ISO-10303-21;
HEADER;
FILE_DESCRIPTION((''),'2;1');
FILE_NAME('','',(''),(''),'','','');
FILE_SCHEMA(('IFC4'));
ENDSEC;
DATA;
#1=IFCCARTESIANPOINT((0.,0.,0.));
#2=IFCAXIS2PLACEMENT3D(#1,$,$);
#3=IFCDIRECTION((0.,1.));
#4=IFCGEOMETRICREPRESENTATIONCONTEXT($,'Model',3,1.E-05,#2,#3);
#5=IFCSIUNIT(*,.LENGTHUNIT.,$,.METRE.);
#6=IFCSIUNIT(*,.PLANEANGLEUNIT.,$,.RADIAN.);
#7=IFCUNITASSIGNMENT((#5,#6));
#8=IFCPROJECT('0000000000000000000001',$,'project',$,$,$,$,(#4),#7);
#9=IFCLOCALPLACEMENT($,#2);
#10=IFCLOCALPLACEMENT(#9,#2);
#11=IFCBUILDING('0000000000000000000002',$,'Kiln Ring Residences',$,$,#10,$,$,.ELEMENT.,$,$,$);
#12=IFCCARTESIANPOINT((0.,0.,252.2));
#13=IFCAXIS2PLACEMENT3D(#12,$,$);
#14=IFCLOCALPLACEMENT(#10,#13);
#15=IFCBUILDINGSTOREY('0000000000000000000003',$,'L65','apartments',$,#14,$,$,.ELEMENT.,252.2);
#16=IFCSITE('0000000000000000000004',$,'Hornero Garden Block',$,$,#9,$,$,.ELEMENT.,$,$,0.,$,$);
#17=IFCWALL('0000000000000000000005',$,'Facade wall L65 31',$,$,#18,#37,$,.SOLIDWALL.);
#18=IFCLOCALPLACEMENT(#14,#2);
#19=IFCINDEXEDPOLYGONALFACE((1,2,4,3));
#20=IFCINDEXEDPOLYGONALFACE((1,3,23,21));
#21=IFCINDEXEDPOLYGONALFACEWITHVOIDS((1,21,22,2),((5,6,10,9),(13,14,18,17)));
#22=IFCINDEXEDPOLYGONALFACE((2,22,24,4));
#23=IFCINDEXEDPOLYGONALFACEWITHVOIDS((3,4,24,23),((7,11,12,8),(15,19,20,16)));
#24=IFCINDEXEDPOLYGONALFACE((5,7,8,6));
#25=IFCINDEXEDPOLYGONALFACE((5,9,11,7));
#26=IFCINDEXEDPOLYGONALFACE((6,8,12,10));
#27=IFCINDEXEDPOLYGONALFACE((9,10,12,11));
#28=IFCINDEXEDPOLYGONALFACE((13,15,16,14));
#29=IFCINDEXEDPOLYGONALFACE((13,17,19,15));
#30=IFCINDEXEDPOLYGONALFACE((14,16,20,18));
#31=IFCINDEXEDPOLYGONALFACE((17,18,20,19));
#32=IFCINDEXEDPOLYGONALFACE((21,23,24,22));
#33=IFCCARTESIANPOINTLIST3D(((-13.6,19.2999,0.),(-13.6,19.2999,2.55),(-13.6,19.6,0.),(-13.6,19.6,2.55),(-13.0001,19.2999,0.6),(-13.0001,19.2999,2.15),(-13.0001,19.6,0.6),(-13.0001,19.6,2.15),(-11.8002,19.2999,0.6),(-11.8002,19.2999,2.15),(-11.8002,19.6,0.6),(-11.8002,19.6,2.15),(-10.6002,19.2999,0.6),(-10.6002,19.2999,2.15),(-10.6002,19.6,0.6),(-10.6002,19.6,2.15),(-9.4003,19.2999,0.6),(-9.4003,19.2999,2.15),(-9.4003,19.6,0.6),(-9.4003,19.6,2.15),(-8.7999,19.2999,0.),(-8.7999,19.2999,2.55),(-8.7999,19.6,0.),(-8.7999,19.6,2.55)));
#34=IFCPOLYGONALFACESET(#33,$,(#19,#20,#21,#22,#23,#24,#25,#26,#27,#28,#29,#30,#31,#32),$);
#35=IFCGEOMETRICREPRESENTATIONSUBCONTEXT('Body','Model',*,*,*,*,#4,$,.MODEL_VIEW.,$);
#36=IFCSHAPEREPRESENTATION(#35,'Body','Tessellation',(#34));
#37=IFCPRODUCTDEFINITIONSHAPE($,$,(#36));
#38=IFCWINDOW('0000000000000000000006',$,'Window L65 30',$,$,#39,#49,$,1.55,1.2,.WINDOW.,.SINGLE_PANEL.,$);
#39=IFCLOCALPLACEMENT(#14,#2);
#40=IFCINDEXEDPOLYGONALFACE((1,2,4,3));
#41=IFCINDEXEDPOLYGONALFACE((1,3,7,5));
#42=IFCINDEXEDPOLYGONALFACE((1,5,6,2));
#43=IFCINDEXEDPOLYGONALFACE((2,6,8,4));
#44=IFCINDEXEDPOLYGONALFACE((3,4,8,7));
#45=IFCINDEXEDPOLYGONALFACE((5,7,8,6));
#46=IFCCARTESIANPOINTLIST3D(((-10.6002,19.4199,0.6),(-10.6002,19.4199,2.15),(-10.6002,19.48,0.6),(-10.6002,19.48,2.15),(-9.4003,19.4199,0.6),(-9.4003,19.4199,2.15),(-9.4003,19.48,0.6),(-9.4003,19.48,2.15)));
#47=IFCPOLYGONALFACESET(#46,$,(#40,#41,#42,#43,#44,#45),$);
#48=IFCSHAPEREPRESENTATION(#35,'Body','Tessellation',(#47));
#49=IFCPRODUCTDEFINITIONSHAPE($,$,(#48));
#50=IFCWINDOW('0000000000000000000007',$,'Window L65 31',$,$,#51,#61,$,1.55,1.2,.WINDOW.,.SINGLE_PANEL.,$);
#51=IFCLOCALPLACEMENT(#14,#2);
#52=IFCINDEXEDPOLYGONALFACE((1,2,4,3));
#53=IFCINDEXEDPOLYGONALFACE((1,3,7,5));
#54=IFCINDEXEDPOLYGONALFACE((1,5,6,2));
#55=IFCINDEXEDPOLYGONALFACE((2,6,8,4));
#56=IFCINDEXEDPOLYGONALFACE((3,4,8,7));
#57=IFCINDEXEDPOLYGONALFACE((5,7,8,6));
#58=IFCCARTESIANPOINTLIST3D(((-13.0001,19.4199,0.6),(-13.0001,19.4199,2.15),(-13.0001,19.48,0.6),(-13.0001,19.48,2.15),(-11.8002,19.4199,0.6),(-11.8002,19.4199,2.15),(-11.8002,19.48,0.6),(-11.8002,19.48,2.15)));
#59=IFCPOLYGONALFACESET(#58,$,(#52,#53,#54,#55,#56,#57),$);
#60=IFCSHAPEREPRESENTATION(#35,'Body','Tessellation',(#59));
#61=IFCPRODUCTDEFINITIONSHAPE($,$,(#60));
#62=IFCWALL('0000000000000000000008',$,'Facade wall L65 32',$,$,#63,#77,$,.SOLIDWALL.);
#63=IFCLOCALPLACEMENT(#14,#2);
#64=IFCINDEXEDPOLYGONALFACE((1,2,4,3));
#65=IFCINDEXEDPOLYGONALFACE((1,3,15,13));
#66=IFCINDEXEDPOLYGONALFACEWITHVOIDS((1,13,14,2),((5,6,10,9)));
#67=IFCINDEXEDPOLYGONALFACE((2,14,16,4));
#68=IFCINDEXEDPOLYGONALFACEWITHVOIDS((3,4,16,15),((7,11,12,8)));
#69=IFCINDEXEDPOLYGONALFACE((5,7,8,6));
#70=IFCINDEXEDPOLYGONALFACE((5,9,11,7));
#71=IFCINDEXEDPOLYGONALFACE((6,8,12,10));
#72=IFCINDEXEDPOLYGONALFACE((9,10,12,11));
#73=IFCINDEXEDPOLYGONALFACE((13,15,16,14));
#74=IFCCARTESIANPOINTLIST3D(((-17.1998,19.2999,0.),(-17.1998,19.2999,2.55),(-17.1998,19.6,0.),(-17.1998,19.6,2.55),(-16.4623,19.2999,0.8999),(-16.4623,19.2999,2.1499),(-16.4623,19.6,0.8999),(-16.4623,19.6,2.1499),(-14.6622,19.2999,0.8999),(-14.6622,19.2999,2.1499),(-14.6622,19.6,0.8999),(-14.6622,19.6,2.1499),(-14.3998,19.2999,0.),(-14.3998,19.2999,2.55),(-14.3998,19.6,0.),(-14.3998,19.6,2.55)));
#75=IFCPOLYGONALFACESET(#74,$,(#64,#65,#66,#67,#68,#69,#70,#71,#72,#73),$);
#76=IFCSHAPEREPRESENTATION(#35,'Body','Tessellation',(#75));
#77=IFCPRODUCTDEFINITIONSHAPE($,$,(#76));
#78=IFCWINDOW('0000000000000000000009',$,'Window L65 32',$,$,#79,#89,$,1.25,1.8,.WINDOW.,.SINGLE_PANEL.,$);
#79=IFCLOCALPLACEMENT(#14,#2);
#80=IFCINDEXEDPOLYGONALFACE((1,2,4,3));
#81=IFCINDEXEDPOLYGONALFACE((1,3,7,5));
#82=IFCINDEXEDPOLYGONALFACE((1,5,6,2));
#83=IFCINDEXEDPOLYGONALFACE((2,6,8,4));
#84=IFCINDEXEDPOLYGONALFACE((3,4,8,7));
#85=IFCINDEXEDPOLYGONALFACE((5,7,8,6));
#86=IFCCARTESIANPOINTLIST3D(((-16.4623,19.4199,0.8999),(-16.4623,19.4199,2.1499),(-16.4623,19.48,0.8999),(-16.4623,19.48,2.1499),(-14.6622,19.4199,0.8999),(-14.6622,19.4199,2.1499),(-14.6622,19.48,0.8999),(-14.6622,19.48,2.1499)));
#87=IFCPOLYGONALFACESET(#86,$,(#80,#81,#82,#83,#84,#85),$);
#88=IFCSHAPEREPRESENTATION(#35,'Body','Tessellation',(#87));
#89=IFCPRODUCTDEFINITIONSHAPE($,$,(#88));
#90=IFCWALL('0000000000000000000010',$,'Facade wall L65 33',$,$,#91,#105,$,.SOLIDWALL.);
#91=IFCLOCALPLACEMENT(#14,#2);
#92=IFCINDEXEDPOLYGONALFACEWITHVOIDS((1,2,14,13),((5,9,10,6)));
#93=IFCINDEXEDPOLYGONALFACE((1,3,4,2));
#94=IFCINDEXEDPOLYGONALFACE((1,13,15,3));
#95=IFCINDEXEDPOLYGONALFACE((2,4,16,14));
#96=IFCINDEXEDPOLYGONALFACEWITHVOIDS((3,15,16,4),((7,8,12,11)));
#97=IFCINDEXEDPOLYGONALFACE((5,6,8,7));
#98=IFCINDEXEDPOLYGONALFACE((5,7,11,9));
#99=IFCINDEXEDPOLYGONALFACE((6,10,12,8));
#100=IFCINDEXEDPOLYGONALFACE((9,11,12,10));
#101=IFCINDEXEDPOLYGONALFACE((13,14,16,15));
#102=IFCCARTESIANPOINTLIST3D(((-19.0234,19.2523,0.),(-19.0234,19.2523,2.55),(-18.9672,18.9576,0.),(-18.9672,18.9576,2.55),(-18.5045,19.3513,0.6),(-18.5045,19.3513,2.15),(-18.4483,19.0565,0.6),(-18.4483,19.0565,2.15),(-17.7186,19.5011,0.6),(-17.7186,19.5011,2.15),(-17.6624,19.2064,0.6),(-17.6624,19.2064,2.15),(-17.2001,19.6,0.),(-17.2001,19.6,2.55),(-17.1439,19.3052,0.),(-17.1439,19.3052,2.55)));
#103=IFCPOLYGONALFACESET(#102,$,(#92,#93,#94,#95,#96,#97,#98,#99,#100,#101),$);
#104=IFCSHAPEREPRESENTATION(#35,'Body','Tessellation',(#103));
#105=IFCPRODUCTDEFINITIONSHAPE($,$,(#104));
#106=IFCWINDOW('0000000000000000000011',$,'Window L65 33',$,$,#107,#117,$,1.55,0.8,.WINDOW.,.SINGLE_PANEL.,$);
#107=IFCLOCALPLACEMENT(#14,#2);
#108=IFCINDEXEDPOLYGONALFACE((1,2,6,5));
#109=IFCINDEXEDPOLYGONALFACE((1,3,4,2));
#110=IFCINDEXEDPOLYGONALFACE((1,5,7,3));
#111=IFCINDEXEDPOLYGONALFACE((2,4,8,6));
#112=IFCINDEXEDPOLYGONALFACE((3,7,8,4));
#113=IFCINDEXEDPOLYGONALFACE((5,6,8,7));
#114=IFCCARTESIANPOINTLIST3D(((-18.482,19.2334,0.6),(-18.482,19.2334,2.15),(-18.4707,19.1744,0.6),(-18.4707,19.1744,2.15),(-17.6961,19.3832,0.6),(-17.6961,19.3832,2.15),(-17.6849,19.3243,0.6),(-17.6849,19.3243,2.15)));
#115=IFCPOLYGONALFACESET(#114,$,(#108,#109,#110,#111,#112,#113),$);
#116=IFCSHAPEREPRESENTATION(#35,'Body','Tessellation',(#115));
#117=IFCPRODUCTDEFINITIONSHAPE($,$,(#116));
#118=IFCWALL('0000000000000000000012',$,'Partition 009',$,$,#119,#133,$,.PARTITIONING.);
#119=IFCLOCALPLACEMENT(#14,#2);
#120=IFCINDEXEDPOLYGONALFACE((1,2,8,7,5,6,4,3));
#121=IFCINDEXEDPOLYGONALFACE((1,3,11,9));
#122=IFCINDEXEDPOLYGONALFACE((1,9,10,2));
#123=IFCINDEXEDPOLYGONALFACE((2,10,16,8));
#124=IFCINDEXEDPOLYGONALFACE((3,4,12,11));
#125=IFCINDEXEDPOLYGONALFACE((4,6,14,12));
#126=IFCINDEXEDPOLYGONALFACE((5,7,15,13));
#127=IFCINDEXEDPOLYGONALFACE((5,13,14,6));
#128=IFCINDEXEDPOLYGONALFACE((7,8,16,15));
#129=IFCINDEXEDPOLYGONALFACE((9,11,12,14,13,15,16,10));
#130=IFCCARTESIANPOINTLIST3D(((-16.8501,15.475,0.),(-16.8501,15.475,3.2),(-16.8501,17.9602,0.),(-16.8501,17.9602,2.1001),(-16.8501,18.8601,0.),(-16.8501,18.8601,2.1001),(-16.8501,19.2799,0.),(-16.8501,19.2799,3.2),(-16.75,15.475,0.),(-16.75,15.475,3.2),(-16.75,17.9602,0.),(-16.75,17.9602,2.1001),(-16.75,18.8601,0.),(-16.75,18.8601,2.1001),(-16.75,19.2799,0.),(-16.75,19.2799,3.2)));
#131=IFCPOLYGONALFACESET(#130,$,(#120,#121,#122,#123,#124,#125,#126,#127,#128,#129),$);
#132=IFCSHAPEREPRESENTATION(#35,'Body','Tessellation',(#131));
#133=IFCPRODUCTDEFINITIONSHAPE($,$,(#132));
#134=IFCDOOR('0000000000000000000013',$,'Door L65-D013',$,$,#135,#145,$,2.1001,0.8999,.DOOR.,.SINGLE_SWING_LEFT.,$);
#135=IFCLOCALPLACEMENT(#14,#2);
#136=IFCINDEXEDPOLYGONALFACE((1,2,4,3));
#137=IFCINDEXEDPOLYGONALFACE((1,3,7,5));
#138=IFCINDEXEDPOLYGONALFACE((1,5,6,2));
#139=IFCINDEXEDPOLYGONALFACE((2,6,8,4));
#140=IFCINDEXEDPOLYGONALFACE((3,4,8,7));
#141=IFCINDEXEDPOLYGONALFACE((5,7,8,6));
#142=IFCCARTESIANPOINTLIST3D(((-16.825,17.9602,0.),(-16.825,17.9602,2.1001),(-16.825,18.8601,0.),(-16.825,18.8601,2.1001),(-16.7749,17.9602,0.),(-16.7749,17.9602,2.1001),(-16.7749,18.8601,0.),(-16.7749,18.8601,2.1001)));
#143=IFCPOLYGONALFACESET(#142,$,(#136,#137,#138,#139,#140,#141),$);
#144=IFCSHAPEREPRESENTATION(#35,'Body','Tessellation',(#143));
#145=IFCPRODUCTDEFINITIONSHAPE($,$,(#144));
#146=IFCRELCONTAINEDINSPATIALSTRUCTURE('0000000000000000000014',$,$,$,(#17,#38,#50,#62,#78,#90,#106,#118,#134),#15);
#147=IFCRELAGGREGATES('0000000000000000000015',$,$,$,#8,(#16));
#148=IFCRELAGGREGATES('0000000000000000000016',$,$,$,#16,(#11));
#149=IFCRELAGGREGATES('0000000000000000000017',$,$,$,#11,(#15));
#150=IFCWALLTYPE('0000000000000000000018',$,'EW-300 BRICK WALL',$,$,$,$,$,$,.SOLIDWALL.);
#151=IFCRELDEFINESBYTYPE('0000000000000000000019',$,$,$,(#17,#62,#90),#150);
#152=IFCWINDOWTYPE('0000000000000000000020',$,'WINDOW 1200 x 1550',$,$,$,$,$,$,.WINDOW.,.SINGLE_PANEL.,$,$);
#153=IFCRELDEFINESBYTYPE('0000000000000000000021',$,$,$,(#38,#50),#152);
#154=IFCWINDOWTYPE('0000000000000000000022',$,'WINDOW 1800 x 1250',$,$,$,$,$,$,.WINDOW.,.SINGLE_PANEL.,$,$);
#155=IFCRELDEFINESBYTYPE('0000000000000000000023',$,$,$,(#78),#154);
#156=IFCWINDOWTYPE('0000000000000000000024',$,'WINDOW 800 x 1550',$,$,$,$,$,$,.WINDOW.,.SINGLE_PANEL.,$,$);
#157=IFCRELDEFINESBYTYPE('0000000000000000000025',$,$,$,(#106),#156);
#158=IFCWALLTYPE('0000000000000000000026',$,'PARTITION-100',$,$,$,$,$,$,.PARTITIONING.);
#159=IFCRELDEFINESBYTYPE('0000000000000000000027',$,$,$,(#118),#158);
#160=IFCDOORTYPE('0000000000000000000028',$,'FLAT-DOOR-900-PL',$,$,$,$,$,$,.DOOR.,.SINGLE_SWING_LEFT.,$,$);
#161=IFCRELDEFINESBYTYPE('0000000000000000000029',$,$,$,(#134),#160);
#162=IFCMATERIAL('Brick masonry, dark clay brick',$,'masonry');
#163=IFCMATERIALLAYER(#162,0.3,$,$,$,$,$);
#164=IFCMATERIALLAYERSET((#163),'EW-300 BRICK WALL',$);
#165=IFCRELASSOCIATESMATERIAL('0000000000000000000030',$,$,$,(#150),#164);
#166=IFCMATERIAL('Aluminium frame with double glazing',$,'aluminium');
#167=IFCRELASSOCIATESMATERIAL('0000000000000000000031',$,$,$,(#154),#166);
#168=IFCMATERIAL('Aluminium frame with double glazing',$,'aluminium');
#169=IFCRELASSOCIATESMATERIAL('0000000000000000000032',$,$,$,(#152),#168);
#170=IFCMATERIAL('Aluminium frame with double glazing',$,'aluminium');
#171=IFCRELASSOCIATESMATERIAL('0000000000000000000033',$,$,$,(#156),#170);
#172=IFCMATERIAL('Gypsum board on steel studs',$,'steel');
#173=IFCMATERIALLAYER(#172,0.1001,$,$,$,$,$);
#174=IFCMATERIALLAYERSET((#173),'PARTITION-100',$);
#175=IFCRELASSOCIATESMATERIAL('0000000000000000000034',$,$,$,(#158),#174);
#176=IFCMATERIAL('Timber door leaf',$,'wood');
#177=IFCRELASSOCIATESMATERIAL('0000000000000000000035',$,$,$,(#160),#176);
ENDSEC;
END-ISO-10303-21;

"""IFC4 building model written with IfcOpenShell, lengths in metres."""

from ifc_helpers import new_model, si_unit, direction, frame, frame_2d, origin, place, context, subcontext, project, spatial, rectangle, extrude, material, layer, layer_set, type_object, element, fill, save


model = new_model("IFC4")

# Units and contexts
model_context = context("Model", 3, precision=1e-05, world=origin(), true_north=direction((0.0, 1.0)))
body_context = subcontext(model_context, "Body", "Model", "MODEL_VIEW")
ifc_project = project(units=[si_unit("LENGTHUNIT", "METRE"), si_unit("PLANEANGLEUNIT", "RADIAN")], contexts=[model_context])

# Site, building, storey
site_placement = place(None, origin())
site = spatial("IfcSite", under=ifc_project, at=site_placement, Name="Hornero Garden Block", CompositionType="ELEMENT", RefElevation=0.0)
building_placement = place(site_placement, origin())
building = spatial("IfcBuilding", under=site, at=building_placement, Name="Kiln Ring Residences", CompositionType="ELEMENT")
storey_placement = place(building_placement, frame((0.0, 0.0, 252.2)))
storey = spatial("IfcBuildingStorey", under=building, at=storey_placement, Name="L65", Description="apartments", CompositionType="ELEMENT", Elevation=252.2)

# Wall, openings, windows
ifc_material_1 = material(Name="Brick masonry, dark clay brick", Category="masonry")
ifc_layer_1 = layer(ifc_material_1, 0.3)
ifc_layer_set_1 = layer_set([ifc_layer_1], Name="EW-300 BRICK WALL")
wall_type_1 = type_object("IfcWallType", Name="EW-300 BRICK WALL", PredefinedType="SOLIDWALL", material=ifc_layer_set_1)
ifc_material_2 = material(Name="Aluminium frame with double glazing", Category="aluminium")
window_type_1 = type_object("IfcWindowType", Name="WINDOW 1800 x 1250", PartitioningType="SINGLE_PANEL", PredefinedType="WINDOW", material=ifc_material_2)
wall_1_placement = place(storey_placement, frame((-8.8, 19.45, 0.0), z_axis=(0.0, 0.0, 1.0), x_axis=(-1.0, 0.0, 0.0)))
wall_1 = element("IfcWall", 1, at=wall_1_placement, inside=storey, type_object=wall_type_1, Name="Facade wall L65 31", PredefinedType="SOLIDWALL", context=body_context, shape_type="SweptSolid", body=[
    extrude(rectangle(XDim=4.8, YDim=0.3, at=frame_2d((2.3999, 0.0))), origin(), (0.0, 0.0, 1.0), 2.55),
])
opening_1_placement = place(wall_1_placement, frame((0.6001, 0.0, 0.6001)))
opening_1 = element("IfcOpeningElement", 2, at=opening_1_placement, cuts=wall_1, PredefinedType="OPENING", context=body_context, shape_type="SweptSolid", body=[
    extrude(rectangle(XDim=1.2, YDim=1.55, at=frame_2d((0.6001, 0.7749))), frame((0.0, 0.1599, 0.0), z_axis=(0.0, -1.0, 0.0), x_axis=(1.0, 0.0, 0.0)), (0.0, 0.0, 1.0), 0.3201),
])
opening_2_placement = place(wall_1_placement, frame((3.0, 0.0, 0.6001)))
opening_2 = element("IfcOpeningElement", 3, at=opening_2_placement, cuts=wall_1, PredefinedType="OPENING", context=body_context, shape_type="SweptSolid", body=[
    extrude(rectangle(XDim=1.2, YDim=1.55, at=frame_2d((0.6001, 0.7749))), frame((0.0, 0.1599, 0.0), z_axis=(0.0, -1.0, 0.0), x_axis=(1.0, 0.0, 0.0)), (0.0, 0.0, 1.0), 0.3201),
])
ifc_material_3 = material(Name="Aluminium frame with double glazing", Category="aluminium")
window_type_2 = type_object("IfcWindowType", Name="WINDOW 1200 x 1550", PartitioningType="SINGLE_PANEL", PredefinedType="WINDOW", material=ifc_material_3)
window_1_placement = place(opening_1_placement, origin())
window_1 = element("IfcWindow", 4, at=window_1_placement, inside=storey, type_object=window_type_2, Name="Window L65 30", OverallHeight=1.55, OverallWidth=1.2, PartitioningType="SINGLE_PANEL", PredefinedType="WINDOW", context=body_context, shape_type="SweptSolid", body=[
    extrude(rectangle(XDim=1.2, YDim=1.55, at=frame_2d((0.6001, 0.7749))), frame((0.0, 0.03, 0.0), z_axis=(0.0, -1.0, 0.0), x_axis=(1.0, 0.0, 0.0)), (0.0, 0.0, 1.0), 0.0601),
])
fill(opening_1, window_1)
window_2_placement = place(opening_2_placement, origin())
window_2 = element("IfcWindow", 5, at=window_2_placement, inside=storey, type_object=window_type_2, Name="Window L65 31", OverallHeight=1.55, OverallWidth=1.2, PartitioningType="SINGLE_PANEL", PredefinedType="WINDOW", context=body_context, shape_type="SweptSolid", body=[
    extrude(rectangle(XDim=1.2, YDim=1.55, at=frame_2d((0.6001, 0.7749))), frame((0.0, 0.03, 0.0), z_axis=(0.0, -1.0, 0.0), x_axis=(1.0, 0.0, 0.0)), (0.0, 0.0, 1.0), 0.0601),
])
fill(opening_2, window_2)

# Walls, openings, windows
wall_2_placement = place(storey_placement, frame((-14.3999, 19.45, 0.0), z_axis=(0.0, 0.0, 1.0), x_axis=(-1.0, 0.0, 0.0)))
wall_2 = element("IfcWall", 6, at=wall_2_placement, inside=storey, type_object=wall_type_1, Name="Facade wall L65 32", PredefinedType="SOLIDWALL", context=body_context, shape_type="SweptSolid", body=[
    extrude(rectangle(XDim=2.8, YDim=0.3, at=frame_2d((1.3999, 0.0))), origin(), (0.0, 0.0, 1.0), 2.55),
])
opening_3_placement = place(wall_2_placement, frame((0.2625, 0.0, 0.8999)))
opening_3 = element("IfcOpeningElement", 7, at=opening_3_placement, cuts=wall_2, PredefinedType="OPENING", context=body_context, shape_type="SweptSolid", body=[
    extrude(rectangle(XDim=1.8, YDim=1.25, at=frame_2d((0.8999, 0.625))), frame((0.0, 0.1599, 0.0), z_axis=(0.0, -1.0, 0.0), x_axis=(1.0, 0.0, 0.0)), (0.0, 0.0, 1.0), 0.3201),
])
window_3_placement = place(opening_3_placement, origin())
window_3 = element("IfcWindow", 8, at=window_3_placement, inside=storey, type_object=window_type_1, Name="Window L65 32", OverallHeight=1.25, OverallWidth=1.8, PartitioningType="SINGLE_PANEL", PredefinedType="WINDOW", context=body_context, shape_type="SweptSolid", body=[
    extrude(rectangle(XDim=1.8, YDim=1.25, at=frame_2d((0.8999, 0.625))), frame((0.0, 0.03, 0.0), z_axis=(0.0, -1.0, 0.0), x_axis=(1.0, 0.0, 0.0)), (0.0, 0.0, 1.0), 0.0601),
])
fill(opening_3, window_3)
wall_3_placement = place(storey_placement, frame((-17.1719, 19.4526, 0.0), z_axis=(0.0, 0.0, 1.0), x_axis=(-0.982302, -0.187306, 0.0)))
wall_3 = element("IfcWall", 9, at=wall_3_placement, inside=storey, type_object=wall_type_1, Name="Facade wall L65 33", PredefinedType="SOLIDWALL", context=body_context, shape_type="SweptSolid", body=[
    extrude(rectangle(XDim=1.8562, YDim=0.3, at=frame_2d((0.9282, 0.0))), origin(), (0.0, 0.0, 1.0), 2.55),
])
opening_4_placement = place(wall_3_placement, frame((0.5281, 0.0, 0.6001)))
opening_4 = element("IfcOpeningElement", 10, at=opening_4_placement, cuts=wall_3, PredefinedType="OPENING", context=body_context, shape_type="SweptSolid", body=[
    extrude(rectangle(XDim=0.8, YDim=1.55, at=frame_2d((0.3999, 0.7749))), frame((0.0, 0.1599, 0.0), z_axis=(0.0, -1.0, 0.0), x_axis=(1.0, 0.0, 0.0)), (0.0, 0.0, 1.0), 0.3201),
])
ifc_material_4 = material(Name="Aluminium frame with double glazing", Category="aluminium")
window_type_3 = type_object("IfcWindowType", Name="WINDOW 800 x 1550", PartitioningType="SINGLE_PANEL", PredefinedType="WINDOW", material=ifc_material_4)
window_4_placement = place(opening_4_placement, origin())
window_4 = element("IfcWindow", 11, at=window_4_placement, inside=storey, type_object=window_type_3, Name="Window L65 33", OverallHeight=1.55, OverallWidth=0.8, PartitioningType="SINGLE_PANEL", PredefinedType="WINDOW", context=body_context, shape_type="SweptSolid", body=[
    extrude(rectangle(XDim=0.8, YDim=1.55, at=frame_2d((0.3999, 0.7749))), frame((0.0, 0.03, 0.0), z_axis=(0.0, -1.0, 0.0), x_axis=(1.0, 0.0, 0.0)), (0.0, 0.0, 1.0), 0.0601),
])
fill(opening_4, window_4)

# Wall, opening, door
ifc_material_5 = material(Name="Gypsum board on steel studs", Category="steel")
ifc_layer_2 = layer(ifc_material_5, 0.1001)
ifc_layer_set_2 = layer_set([ifc_layer_2], Name="PARTITION-100")
wall_type_2 = type_object("IfcWallType", Name="PARTITION-100", PredefinedType="PARTITIONING", material=ifc_layer_set_2)
wall_4_placement = place(storey_placement, frame((-16.8, 15.4751, 0.0), z_axis=(0.0, 0.0, 1.0), x_axis=(0.0, 1.0, 0.0)))
wall_4 = element("IfcWall", 12, at=wall_4_placement, inside=storey, type_object=wall_type_2, Name="Partition 009", PredefinedType="PARTITIONING", context=body_context, shape_type="SweptSolid", body=[
    extrude(rectangle(XDim=3.8049, YDim=0.1001, at=frame_2d((1.9023, 0.0))), origin(), (0.0, 0.0, 1.0), 3.2),
])
opening_5_placement = place(wall_4_placement, frame((2.4851, 0.0, 0.0)))
opening_5 = element("IfcOpeningElement", 13, at=opening_5_placement, cuts=wall_4, PredefinedType="OPENING", context=body_context, shape_type="SweptSolid", body=[
    extrude(rectangle(XDim=0.8999, YDim=2.1001, at=frame_2d((0.45, 1.05))), frame((0.0, 0.0601, 0.0), z_axis=(0.0, -1.0, 0.0), x_axis=(1.0, 0.0, 0.0)), (0.0, 0.0, 1.0), 0.1201),
])
ifc_material_6 = material(Name="Timber door leaf", Category="wood")
door_type_1 = type_object("IfcDoorType", Name="FLAT-DOOR-900-PL", OperationType="SINGLE_SWING_LEFT", PredefinedType="DOOR", material=ifc_material_6)
door_1_placement = place(opening_5_placement, origin())
door_1 = element("IfcDoor", 14, at=door_1_placement, inside=storey, type_object=door_type_1, Name="Door L65-D013", OperationType="SINGLE_SWING_LEFT", OverallHeight=2.1001, OverallWidth=0.8999, PredefinedType="DOOR", context=body_context, shape_type="SweptSolid", body=[
    extrude(rectangle(XDim=0.8999, YDim=2.1001, at=frame_2d((0.45, 1.05))), frame((0.0, 0.0249, 0.0), z_axis=(0.0, -1.0, 0.0), x_axis=(1.0, 0.0, 0.0)), (0.0, 0.0, 1.0), 0.05),
])
fill(opening_5, door_1)

save(model, "model.ifc")
